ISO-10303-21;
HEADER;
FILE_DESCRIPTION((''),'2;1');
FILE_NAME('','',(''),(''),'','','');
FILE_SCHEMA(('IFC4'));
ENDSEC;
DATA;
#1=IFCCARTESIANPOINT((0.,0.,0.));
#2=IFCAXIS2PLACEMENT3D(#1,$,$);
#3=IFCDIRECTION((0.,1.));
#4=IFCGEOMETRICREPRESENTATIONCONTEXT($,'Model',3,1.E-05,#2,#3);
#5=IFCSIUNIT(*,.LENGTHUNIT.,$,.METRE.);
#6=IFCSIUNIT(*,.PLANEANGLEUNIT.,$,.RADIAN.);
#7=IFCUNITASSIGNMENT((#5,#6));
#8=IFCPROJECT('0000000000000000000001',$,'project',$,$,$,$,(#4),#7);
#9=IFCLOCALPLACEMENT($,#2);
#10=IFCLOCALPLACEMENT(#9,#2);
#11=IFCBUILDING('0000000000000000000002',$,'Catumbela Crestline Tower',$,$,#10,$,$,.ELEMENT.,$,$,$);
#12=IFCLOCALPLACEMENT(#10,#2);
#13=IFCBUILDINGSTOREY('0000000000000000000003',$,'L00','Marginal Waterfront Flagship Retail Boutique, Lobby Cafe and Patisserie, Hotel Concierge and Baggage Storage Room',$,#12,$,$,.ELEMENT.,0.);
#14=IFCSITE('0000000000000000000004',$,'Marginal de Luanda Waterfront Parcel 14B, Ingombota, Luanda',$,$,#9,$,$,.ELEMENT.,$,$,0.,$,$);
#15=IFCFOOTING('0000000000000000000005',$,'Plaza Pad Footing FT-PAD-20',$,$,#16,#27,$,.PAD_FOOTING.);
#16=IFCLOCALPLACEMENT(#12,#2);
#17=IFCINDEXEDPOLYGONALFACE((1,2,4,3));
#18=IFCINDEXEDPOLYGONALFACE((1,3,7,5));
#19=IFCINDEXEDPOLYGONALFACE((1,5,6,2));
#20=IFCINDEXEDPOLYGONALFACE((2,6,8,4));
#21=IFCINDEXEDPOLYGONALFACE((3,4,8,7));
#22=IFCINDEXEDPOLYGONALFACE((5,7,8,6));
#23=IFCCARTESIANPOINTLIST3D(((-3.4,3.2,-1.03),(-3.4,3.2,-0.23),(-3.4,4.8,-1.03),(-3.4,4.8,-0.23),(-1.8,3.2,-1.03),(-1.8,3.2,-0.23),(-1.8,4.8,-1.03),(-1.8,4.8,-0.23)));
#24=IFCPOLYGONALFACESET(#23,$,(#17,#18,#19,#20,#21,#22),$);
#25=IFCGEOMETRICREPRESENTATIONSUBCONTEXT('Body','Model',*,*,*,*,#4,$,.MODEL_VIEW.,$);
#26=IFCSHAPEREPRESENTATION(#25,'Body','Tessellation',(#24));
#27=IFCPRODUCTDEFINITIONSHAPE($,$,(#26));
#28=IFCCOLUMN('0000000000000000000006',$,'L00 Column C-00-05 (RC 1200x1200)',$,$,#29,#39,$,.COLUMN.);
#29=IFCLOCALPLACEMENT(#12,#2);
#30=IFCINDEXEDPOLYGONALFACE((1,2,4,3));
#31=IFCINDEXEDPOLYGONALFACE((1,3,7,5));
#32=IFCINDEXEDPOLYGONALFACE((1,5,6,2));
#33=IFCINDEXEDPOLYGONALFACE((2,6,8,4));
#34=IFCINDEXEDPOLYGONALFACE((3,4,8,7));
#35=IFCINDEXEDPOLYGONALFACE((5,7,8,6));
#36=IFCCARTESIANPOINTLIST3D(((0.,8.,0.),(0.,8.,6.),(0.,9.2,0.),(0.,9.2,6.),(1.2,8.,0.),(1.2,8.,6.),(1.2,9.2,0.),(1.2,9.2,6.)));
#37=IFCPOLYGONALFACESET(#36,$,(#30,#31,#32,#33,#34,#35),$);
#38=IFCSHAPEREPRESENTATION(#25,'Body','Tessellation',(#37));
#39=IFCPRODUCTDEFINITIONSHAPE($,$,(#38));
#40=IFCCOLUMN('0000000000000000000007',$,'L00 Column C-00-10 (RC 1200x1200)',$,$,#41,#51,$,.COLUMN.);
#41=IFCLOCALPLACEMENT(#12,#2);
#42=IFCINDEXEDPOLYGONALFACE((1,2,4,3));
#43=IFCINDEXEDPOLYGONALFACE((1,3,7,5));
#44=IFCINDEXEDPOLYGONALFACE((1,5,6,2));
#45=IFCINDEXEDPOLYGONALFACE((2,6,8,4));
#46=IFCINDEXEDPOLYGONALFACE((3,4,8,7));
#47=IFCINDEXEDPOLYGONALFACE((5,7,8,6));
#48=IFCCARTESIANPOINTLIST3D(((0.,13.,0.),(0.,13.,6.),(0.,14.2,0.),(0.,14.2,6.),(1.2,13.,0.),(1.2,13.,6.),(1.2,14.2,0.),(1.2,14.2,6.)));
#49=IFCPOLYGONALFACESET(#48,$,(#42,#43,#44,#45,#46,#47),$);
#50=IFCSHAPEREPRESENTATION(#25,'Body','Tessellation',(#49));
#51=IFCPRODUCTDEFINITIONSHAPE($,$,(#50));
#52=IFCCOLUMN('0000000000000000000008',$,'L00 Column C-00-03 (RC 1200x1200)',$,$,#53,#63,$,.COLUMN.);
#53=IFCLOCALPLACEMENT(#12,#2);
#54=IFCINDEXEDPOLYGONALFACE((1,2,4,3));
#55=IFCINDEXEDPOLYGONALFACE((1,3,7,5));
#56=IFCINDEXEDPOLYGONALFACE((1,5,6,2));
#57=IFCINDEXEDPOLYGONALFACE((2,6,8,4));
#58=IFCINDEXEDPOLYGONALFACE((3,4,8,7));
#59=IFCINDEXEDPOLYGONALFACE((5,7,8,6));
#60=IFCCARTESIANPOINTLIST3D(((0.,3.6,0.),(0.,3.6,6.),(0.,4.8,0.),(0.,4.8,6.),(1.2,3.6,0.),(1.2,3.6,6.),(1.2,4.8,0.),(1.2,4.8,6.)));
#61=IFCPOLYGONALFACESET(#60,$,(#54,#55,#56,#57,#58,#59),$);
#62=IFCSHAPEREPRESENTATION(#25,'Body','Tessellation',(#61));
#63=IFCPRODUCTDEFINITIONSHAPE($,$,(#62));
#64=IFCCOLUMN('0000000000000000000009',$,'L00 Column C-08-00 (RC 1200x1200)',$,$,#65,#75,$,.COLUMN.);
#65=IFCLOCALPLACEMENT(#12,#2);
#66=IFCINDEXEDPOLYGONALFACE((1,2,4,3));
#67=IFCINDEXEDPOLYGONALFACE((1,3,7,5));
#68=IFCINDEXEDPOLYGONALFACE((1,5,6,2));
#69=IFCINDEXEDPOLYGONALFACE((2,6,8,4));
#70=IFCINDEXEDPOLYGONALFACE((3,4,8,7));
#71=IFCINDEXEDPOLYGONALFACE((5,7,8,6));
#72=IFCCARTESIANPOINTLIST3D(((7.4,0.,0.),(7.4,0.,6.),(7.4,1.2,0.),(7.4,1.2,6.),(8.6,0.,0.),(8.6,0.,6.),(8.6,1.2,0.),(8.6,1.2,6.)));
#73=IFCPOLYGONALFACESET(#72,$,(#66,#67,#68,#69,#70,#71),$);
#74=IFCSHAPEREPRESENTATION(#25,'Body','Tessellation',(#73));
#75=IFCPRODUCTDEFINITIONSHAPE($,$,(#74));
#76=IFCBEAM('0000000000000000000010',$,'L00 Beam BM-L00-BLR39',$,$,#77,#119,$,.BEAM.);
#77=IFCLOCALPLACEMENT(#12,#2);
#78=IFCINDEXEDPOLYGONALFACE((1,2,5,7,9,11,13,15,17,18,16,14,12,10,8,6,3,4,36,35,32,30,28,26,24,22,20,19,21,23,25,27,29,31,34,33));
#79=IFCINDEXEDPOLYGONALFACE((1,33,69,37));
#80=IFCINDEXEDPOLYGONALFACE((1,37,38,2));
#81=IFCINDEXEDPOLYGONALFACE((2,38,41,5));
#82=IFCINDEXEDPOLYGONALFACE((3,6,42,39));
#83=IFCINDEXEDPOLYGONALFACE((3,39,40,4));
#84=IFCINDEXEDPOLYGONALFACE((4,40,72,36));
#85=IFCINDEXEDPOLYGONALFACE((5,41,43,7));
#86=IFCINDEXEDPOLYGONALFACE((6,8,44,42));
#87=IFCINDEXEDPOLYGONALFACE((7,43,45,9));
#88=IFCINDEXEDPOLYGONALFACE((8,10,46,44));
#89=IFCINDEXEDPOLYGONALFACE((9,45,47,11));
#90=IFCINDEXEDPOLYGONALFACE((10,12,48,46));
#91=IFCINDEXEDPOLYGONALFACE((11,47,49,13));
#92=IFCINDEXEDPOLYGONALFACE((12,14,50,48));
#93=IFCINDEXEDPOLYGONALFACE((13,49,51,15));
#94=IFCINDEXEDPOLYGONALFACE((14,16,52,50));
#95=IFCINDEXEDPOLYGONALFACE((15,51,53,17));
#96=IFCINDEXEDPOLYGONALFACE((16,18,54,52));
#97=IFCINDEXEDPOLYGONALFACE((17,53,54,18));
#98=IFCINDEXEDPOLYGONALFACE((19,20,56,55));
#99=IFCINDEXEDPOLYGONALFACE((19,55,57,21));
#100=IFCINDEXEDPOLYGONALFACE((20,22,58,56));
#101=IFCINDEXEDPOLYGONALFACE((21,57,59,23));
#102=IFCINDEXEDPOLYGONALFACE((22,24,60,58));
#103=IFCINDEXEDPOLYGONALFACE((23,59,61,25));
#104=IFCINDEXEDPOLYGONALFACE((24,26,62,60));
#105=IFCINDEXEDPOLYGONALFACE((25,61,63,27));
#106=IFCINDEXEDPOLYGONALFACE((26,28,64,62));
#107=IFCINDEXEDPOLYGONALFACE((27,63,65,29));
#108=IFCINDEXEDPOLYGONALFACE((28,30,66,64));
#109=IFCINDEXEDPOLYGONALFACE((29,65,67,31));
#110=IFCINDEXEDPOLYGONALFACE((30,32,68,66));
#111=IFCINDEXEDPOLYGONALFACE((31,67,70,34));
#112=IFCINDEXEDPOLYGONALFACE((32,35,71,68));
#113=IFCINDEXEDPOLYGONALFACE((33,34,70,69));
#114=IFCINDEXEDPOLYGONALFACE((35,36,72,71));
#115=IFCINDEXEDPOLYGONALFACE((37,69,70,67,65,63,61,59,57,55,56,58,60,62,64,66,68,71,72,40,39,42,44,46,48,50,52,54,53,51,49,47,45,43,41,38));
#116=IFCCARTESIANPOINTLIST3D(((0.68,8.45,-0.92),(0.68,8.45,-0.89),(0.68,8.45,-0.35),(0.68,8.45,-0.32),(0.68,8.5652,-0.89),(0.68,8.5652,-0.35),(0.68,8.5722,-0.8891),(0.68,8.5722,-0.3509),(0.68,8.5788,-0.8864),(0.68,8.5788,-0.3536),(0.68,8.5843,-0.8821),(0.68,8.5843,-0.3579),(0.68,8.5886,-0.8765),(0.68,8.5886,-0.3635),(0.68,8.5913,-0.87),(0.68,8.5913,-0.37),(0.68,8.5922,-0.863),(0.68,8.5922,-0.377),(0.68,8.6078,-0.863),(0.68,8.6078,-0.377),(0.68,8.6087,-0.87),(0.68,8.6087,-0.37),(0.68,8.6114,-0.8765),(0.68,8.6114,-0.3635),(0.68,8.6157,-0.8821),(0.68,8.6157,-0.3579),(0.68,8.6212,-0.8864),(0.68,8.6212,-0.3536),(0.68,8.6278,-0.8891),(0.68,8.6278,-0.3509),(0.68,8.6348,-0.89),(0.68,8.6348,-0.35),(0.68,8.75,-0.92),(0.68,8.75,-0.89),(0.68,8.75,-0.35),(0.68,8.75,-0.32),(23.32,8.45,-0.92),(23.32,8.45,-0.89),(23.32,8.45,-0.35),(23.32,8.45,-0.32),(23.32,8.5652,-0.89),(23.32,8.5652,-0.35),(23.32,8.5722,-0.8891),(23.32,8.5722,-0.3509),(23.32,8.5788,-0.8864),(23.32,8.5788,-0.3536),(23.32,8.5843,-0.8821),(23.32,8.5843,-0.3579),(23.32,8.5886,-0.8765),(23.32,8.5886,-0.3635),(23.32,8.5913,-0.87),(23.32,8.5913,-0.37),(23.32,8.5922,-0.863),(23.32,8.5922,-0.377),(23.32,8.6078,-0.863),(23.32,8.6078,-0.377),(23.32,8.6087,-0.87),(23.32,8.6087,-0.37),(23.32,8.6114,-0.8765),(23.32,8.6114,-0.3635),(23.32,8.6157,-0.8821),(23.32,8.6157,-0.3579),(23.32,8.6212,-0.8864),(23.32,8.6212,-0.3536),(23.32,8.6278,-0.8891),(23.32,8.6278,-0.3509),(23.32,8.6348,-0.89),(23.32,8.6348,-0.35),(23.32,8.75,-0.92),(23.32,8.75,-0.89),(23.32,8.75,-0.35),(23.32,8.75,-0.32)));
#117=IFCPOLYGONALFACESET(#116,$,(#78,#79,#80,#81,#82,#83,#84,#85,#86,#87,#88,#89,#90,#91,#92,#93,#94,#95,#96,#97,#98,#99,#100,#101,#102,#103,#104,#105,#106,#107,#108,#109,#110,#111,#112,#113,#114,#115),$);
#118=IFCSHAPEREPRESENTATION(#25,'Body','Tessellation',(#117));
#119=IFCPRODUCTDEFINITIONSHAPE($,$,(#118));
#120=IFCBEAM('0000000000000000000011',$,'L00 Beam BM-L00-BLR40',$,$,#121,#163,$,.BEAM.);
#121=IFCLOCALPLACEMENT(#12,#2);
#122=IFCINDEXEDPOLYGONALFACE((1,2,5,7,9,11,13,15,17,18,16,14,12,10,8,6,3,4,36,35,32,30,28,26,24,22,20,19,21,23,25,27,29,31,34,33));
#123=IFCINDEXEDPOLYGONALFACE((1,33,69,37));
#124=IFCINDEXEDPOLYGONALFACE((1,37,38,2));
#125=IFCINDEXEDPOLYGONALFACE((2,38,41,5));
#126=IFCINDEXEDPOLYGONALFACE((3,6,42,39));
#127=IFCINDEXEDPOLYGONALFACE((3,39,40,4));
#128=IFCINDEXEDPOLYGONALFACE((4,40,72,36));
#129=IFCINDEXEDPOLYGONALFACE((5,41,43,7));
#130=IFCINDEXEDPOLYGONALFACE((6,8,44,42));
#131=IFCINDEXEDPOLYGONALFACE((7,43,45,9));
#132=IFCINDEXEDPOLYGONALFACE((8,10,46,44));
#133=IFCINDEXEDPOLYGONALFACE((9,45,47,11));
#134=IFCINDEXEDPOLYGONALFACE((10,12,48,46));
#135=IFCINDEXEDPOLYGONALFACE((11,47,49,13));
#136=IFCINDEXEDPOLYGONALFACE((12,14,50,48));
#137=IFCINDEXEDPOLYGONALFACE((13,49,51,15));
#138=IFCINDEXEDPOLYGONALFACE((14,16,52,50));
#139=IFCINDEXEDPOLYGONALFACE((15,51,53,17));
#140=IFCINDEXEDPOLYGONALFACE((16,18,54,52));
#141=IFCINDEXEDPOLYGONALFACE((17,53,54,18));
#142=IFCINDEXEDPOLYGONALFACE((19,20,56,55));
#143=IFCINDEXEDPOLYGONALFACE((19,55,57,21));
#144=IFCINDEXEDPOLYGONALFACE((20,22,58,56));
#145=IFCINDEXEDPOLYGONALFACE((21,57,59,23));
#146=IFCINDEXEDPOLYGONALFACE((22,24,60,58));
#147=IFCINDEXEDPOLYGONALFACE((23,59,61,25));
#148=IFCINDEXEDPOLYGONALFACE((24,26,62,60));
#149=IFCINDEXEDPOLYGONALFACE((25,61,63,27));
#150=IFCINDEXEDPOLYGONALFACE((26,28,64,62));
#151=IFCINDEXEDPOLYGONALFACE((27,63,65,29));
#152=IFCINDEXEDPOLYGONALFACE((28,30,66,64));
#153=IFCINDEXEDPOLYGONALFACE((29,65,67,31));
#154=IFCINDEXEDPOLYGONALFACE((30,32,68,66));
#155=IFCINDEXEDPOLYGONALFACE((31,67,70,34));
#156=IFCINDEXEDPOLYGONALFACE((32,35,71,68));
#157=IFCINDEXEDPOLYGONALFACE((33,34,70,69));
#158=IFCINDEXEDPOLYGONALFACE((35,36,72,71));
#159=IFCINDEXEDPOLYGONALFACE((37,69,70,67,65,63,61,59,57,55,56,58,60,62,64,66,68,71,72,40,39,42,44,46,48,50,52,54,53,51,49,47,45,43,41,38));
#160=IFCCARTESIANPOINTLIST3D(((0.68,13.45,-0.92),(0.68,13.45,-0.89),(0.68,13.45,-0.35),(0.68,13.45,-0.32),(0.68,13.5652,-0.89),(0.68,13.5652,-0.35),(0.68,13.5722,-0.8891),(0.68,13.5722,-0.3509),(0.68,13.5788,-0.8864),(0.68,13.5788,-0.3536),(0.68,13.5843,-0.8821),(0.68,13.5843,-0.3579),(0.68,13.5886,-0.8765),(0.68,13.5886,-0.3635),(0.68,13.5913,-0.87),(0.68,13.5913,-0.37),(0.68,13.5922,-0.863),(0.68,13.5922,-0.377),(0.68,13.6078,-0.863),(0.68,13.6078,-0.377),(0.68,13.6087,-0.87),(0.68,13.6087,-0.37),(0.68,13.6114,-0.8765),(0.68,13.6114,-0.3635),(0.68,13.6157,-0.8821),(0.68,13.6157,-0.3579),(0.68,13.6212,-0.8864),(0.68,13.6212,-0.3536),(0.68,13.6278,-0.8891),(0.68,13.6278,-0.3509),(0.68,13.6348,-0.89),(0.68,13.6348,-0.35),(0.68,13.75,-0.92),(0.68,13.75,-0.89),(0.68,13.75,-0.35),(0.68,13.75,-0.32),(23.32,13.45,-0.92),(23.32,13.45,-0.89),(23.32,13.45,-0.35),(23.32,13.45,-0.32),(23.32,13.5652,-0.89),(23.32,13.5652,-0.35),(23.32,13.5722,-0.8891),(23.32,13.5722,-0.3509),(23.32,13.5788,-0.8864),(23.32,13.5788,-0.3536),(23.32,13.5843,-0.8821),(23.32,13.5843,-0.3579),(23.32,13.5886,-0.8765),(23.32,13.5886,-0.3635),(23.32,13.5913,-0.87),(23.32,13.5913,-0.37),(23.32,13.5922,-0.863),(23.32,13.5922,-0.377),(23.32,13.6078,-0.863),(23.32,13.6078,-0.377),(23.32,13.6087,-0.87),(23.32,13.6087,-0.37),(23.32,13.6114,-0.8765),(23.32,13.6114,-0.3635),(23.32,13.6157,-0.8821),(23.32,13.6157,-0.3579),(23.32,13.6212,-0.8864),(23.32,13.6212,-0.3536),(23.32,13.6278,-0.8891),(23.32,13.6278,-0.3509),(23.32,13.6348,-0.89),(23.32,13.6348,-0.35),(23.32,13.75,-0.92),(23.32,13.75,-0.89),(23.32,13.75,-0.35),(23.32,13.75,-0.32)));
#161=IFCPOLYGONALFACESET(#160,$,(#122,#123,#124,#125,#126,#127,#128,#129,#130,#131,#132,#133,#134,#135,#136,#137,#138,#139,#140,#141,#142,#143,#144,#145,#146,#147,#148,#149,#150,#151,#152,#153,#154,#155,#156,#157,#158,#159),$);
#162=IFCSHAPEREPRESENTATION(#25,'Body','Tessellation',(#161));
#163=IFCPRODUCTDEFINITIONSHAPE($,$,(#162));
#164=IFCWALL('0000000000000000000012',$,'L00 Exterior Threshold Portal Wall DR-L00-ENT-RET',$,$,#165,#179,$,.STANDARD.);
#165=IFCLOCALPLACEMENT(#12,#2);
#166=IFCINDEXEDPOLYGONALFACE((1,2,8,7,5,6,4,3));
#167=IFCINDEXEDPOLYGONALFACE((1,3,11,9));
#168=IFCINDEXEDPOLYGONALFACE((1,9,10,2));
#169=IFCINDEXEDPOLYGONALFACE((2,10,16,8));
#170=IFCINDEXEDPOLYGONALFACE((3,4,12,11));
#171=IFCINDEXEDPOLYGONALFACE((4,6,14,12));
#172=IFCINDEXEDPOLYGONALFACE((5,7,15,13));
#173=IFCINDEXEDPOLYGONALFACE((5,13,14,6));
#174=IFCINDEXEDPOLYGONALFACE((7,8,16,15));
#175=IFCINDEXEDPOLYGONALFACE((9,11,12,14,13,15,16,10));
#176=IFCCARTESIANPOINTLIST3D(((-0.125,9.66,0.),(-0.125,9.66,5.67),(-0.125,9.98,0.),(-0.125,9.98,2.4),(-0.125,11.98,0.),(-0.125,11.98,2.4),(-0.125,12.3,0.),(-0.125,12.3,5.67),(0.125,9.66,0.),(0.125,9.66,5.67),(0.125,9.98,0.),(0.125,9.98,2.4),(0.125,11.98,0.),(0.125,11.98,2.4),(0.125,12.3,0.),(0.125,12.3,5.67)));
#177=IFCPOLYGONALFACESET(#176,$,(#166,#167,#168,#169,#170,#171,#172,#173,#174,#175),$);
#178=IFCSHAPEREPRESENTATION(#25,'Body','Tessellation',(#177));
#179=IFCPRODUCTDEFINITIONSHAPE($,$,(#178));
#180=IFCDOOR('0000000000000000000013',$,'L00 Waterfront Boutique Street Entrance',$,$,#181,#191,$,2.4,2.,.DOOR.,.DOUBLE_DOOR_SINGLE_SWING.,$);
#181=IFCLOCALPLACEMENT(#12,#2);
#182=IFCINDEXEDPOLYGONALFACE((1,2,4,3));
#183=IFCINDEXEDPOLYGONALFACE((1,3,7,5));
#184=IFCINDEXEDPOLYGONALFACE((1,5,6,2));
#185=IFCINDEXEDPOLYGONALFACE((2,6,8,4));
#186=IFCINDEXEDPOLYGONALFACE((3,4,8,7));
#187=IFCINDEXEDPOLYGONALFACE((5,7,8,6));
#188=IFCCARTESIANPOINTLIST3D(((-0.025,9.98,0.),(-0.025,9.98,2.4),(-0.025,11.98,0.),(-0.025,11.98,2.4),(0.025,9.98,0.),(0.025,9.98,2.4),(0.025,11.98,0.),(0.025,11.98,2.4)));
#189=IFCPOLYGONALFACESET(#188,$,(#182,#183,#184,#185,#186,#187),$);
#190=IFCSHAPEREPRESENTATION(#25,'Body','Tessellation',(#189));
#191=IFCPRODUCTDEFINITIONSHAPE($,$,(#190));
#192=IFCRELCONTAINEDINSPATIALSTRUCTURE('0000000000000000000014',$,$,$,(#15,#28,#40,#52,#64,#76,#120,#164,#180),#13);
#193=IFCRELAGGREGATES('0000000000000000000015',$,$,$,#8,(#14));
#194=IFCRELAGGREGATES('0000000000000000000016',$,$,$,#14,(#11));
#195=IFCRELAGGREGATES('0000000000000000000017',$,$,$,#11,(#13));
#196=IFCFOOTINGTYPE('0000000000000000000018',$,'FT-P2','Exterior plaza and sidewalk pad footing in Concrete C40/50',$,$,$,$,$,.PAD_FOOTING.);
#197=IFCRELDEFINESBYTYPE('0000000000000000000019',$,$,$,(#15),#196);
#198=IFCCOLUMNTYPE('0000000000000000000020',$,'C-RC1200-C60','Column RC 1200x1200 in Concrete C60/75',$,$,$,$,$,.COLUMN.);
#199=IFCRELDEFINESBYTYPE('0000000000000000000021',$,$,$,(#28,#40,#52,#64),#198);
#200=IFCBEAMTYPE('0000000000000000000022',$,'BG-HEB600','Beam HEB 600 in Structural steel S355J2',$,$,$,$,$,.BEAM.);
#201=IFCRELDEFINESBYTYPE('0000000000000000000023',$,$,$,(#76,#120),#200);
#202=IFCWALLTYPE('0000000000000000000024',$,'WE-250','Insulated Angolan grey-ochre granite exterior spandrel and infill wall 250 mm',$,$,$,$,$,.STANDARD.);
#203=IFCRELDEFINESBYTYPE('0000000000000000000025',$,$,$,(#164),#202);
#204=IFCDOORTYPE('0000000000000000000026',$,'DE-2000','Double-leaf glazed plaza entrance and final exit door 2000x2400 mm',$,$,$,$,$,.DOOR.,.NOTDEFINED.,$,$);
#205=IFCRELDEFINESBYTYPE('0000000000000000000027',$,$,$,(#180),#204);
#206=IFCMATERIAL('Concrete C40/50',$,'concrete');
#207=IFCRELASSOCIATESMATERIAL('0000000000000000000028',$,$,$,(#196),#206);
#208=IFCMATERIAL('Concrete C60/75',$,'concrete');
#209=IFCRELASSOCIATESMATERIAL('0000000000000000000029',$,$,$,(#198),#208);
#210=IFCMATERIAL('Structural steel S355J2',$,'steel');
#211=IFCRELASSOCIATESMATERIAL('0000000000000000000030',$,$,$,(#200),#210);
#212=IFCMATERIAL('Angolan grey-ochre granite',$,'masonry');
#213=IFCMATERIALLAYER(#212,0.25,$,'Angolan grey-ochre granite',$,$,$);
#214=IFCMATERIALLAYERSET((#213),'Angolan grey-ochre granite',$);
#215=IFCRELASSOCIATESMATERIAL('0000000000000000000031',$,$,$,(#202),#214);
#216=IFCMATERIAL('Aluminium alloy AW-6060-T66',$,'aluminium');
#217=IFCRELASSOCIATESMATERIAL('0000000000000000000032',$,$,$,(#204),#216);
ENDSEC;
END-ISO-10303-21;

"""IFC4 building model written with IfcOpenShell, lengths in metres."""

from ifc_helpers import new_model, si_unit, direction, frame, frame_2d, origin, origin_2d, place, context, subcontext, project, spatial, rectangle, i_section, extrude, material, layer, layer_set, material_profile, profile_set, type_object, element, fill, save


model = new_model("IFC4")

# Units and contexts
model_context = context("Model", 3, precision=1e-05, world=origin(), true_north=direction((0.0, 1.0)))
body_context = subcontext(model_context, "Body", "Model", "MODEL_VIEW")
ifc_project = project(units=[si_unit("LENGTHUNIT", "METRE"), si_unit("PLANEANGLEUNIT", "RADIAN")], contexts=[model_context])

# Site, building, storey
site_placement = place(None, origin())
site = spatial("IfcSite", under=ifc_project, at=site_placement, Name="Marginal de Luanda Waterfront Parcel 14B, Ingombota, Luanda", CompositionType="ELEMENT", RefElevation=0.0)
building_placement = place(site_placement, origin())
building = spatial("IfcBuilding", under=site, at=building_placement, Name="Catumbela Crestline Tower", CompositionType="ELEMENT")
storey_placement = place(building_placement, origin())
storey = spatial("IfcBuildingStorey", under=building, at=storey_placement, Name="L00", Description="Marginal Waterfront Flagship Retail Boutique, Lobby Cafe and Patisserie, Hotel Concierge and Baggage Storage Room", CompositionType="ELEMENT", Elevation=0.0)

# Footing
ifc_material_1 = material(Name="Concrete C40/50", Category="concrete")
footing_type = type_object("IfcFootingType", Name="FT-P2", Description="Exterior plaza and sidewalk pad footing in Concrete C40/50", PredefinedType="PAD_FOOTING", material=ifc_material_1)
footing_placement = place(storey_placement, frame((-2.6, 4.0, -1.03), z_axis=(0.0, 0.0, 1.0), x_axis=(1.0, 0.0, 0.0)))
element("IfcFooting", 1, at=footing_placement, inside=storey, type_object=footing_type, Name="Plaza Pad Footing FT-PAD-20", PredefinedType="PAD_FOOTING", context=body_context, shape_type="SweptSolid", body=[
    extrude(rectangle(XDim=1.6, YDim=1.6, at=origin_2d()), origin(), (0.0, 0.0, 1.0), 0.8),
])

# Columns
ifc_material_2 = material(Name="Concrete C60/75", Category="concrete")
ifc_material_profile_1 = material_profile(ifc_material_2, rectangle(XDim=1.2, YDim=1.2, at=origin_2d()), Name="RC 1200x1200")
ifc_profile_set_1 = profile_set([ifc_material_profile_1], Name="Concrete C60/75")
column_type = type_object("IfcColumnType", Name="C-RC1200-C60", Description="Column RC 1200x1200 in Concrete C60/75", PredefinedType="COLUMN", material=ifc_profile_set_1)
for number, where, z_axis, x_axis, name in (
    (2, (0.6, 8.6, 0.0), (0.0, 0.0, 1.0), (1.0, 0.0, 0.0), "L00 Column C-00-05 (RC 1200x1200)"),
    (3, (0.6, 13.6, 0.0), (0.0, 0.0, 1.0), (1.0, 0.0, 0.0), "L00 Column C-00-10 (RC 1200x1200)"),
    (4, (0.6, 4.2, 0.0), (0.0, 0.0, 1.0), (1.0, 0.0, 0.0), "L00 Column C-00-03 (RC 1200x1200)"),
    (5, (8.0, 0.6, 0.0), (0.0, 0.0, 1.0), (1.0, 0.0, 0.0), "L00 Column C-08-00 (RC 1200x1200)"),
):
    element("IfcColumn", number, at=place(storey_placement, frame(where, z_axis=z_axis, x_axis=x_axis)), inside=storey, type_object=column_type, Name=name, PredefinedType="COLUMN", context=body_context, shape_type="SweptSolid", body=[
        extrude(rectangle(XDim=1.2, YDim=1.2, at=origin_2d()), origin(), (0.0, 0.0, 1.0), 6.0),
    ])

# Beams
ifc_material_3 = material(Name="Structural steel S355J2", Category="steel")
ifc_material_profile_2 = material_profile(ifc_material_3, i_section(OverallWidth=0.3, OverallDepth=0.6, WebThickness=0.0155, FlangeThickness=0.03, FilletRadius=0.027, at=origin_2d()), Name="HEB 600")
ifc_profile_set_2 = profile_set([ifc_material_profile_2], Name="Structural steel S355J2")
beam_type = type_object("IfcBeamType", Name="BG-HEB600", Description="Beam HEB 600 in Structural steel S355J2", PredefinedType="BEAM", material=ifc_profile_set_2)
for number, where, z_axis, x_axis, name in (
    (6, (0.68, 8.6, -0.62), (1.0, 0.0, 0.0), (0.0, 1.0, 0.0), "L00 Beam BM-L00-BLR39"),
    (7, (0.68, 13.6, -0.62), (1.0, 0.0, 0.0), (0.0, 1.0, 0.0), "L00 Beam BM-L00-BLR40"),
):
    element("IfcBeam", number, at=place(storey_placement, frame(where, z_axis=z_axis, x_axis=x_axis)), inside=storey, type_object=beam_type, Name=name, PredefinedType="BEAM", context=body_context, shape_type="SweptSolid", body=[
        extrude(i_section(OverallWidth=0.3, OverallDepth=0.6, WebThickness=0.0155, FlangeThickness=0.03, FilletRadius=0.027, at=origin_2d()), origin(), (0.0, 0.0, 1.0), 22.64),
    ])

# Wall, opening, door
ifc_material_4 = material(Name="Angolan grey-ochre granite", Category="masonry")
ifc_layer_1 = layer(ifc_material_4, 0.25, Name="Angolan grey-ochre granite")
ifc_layer_set_1 = layer_set([ifc_layer_1], Name="Angolan grey-ochre granite")
wall_type = type_object("IfcWallType", Name="WE-250", Description="Insulated Angolan grey-ochre granite exterior spandrel and infill wall 250 mm", PredefinedType="STANDARD", material=ifc_layer_set_1)
wall_1_placement = place(storey_placement, frame((0.0, 9.66, 0.0), z_axis=(0.0, 0.0, 1.0), x_axis=(0.0, 1.0, 0.0)))
wall_1 = element("IfcWall", 8, at=wall_1_placement, inside=storey, type_object=wall_type, Name="L00 Exterior Threshold Portal Wall DR-L00-ENT-RET", PredefinedType="STANDARD", context=body_context, shape_type="SweptSolid", body=[
    extrude(rectangle(XDim=2.64, YDim=0.25, at=frame_2d((1.32, 0.0))), origin(), (0.0, 0.0, 1.0), 5.67),
])
opening_1_placement = place(wall_1_placement, frame((0.32, 0.0, 0.0)))
opening_1 = element("IfcOpeningElement", 9, at=opening_1_placement, cuts=wall_1, PredefinedType="OPENING", context=body_context, shape_type="SweptSolid", body=[
    extrude(rectangle(XDim=2.0, YDim=2.4, at=frame_2d((1.0, 1.2))), frame((0.0, 0.135, 0.0), z_axis=(0.0, -1.0, 0.0), x_axis=(1.0, 0.0, 0.0)), (0.0, 0.0, 1.0), 0.27),
])
ifc_material_5 = material(Name="Aluminium alloy AW-6060-T66", Category="aluminium")
door_type = type_object("IfcDoorType", Name="DE-2000", Description="Double-leaf glazed plaza entrance and final exit door 2000x2400 mm", OperationType="NOTDEFINED", PredefinedType="DOOR", material=ifc_material_5)
door_placement = place(opening_1_placement, origin())
door = element("IfcDoor", 10, at=door_placement, inside=storey, type_object=door_type, Name="L00 Waterfront Boutique Street Entrance", OperationType="DOUBLE_DOOR_SINGLE_SWING", OverallHeight=2.4, OverallWidth=2.0, PredefinedType="DOOR", context=body_context, shape_type="SweptSolid", body=[
    extrude(rectangle(XDim=2.0, YDim=2.4, at=frame_2d((1.0, 1.2))), frame((0.0, 0.025, 0.0), z_axis=(0.0, -1.0, 0.0), x_axis=(1.0, 0.0, 0.0)), (0.0, 0.0, 1.0), 0.05),
])
fill(opening_1, door)

save(model, "model.ifc")
